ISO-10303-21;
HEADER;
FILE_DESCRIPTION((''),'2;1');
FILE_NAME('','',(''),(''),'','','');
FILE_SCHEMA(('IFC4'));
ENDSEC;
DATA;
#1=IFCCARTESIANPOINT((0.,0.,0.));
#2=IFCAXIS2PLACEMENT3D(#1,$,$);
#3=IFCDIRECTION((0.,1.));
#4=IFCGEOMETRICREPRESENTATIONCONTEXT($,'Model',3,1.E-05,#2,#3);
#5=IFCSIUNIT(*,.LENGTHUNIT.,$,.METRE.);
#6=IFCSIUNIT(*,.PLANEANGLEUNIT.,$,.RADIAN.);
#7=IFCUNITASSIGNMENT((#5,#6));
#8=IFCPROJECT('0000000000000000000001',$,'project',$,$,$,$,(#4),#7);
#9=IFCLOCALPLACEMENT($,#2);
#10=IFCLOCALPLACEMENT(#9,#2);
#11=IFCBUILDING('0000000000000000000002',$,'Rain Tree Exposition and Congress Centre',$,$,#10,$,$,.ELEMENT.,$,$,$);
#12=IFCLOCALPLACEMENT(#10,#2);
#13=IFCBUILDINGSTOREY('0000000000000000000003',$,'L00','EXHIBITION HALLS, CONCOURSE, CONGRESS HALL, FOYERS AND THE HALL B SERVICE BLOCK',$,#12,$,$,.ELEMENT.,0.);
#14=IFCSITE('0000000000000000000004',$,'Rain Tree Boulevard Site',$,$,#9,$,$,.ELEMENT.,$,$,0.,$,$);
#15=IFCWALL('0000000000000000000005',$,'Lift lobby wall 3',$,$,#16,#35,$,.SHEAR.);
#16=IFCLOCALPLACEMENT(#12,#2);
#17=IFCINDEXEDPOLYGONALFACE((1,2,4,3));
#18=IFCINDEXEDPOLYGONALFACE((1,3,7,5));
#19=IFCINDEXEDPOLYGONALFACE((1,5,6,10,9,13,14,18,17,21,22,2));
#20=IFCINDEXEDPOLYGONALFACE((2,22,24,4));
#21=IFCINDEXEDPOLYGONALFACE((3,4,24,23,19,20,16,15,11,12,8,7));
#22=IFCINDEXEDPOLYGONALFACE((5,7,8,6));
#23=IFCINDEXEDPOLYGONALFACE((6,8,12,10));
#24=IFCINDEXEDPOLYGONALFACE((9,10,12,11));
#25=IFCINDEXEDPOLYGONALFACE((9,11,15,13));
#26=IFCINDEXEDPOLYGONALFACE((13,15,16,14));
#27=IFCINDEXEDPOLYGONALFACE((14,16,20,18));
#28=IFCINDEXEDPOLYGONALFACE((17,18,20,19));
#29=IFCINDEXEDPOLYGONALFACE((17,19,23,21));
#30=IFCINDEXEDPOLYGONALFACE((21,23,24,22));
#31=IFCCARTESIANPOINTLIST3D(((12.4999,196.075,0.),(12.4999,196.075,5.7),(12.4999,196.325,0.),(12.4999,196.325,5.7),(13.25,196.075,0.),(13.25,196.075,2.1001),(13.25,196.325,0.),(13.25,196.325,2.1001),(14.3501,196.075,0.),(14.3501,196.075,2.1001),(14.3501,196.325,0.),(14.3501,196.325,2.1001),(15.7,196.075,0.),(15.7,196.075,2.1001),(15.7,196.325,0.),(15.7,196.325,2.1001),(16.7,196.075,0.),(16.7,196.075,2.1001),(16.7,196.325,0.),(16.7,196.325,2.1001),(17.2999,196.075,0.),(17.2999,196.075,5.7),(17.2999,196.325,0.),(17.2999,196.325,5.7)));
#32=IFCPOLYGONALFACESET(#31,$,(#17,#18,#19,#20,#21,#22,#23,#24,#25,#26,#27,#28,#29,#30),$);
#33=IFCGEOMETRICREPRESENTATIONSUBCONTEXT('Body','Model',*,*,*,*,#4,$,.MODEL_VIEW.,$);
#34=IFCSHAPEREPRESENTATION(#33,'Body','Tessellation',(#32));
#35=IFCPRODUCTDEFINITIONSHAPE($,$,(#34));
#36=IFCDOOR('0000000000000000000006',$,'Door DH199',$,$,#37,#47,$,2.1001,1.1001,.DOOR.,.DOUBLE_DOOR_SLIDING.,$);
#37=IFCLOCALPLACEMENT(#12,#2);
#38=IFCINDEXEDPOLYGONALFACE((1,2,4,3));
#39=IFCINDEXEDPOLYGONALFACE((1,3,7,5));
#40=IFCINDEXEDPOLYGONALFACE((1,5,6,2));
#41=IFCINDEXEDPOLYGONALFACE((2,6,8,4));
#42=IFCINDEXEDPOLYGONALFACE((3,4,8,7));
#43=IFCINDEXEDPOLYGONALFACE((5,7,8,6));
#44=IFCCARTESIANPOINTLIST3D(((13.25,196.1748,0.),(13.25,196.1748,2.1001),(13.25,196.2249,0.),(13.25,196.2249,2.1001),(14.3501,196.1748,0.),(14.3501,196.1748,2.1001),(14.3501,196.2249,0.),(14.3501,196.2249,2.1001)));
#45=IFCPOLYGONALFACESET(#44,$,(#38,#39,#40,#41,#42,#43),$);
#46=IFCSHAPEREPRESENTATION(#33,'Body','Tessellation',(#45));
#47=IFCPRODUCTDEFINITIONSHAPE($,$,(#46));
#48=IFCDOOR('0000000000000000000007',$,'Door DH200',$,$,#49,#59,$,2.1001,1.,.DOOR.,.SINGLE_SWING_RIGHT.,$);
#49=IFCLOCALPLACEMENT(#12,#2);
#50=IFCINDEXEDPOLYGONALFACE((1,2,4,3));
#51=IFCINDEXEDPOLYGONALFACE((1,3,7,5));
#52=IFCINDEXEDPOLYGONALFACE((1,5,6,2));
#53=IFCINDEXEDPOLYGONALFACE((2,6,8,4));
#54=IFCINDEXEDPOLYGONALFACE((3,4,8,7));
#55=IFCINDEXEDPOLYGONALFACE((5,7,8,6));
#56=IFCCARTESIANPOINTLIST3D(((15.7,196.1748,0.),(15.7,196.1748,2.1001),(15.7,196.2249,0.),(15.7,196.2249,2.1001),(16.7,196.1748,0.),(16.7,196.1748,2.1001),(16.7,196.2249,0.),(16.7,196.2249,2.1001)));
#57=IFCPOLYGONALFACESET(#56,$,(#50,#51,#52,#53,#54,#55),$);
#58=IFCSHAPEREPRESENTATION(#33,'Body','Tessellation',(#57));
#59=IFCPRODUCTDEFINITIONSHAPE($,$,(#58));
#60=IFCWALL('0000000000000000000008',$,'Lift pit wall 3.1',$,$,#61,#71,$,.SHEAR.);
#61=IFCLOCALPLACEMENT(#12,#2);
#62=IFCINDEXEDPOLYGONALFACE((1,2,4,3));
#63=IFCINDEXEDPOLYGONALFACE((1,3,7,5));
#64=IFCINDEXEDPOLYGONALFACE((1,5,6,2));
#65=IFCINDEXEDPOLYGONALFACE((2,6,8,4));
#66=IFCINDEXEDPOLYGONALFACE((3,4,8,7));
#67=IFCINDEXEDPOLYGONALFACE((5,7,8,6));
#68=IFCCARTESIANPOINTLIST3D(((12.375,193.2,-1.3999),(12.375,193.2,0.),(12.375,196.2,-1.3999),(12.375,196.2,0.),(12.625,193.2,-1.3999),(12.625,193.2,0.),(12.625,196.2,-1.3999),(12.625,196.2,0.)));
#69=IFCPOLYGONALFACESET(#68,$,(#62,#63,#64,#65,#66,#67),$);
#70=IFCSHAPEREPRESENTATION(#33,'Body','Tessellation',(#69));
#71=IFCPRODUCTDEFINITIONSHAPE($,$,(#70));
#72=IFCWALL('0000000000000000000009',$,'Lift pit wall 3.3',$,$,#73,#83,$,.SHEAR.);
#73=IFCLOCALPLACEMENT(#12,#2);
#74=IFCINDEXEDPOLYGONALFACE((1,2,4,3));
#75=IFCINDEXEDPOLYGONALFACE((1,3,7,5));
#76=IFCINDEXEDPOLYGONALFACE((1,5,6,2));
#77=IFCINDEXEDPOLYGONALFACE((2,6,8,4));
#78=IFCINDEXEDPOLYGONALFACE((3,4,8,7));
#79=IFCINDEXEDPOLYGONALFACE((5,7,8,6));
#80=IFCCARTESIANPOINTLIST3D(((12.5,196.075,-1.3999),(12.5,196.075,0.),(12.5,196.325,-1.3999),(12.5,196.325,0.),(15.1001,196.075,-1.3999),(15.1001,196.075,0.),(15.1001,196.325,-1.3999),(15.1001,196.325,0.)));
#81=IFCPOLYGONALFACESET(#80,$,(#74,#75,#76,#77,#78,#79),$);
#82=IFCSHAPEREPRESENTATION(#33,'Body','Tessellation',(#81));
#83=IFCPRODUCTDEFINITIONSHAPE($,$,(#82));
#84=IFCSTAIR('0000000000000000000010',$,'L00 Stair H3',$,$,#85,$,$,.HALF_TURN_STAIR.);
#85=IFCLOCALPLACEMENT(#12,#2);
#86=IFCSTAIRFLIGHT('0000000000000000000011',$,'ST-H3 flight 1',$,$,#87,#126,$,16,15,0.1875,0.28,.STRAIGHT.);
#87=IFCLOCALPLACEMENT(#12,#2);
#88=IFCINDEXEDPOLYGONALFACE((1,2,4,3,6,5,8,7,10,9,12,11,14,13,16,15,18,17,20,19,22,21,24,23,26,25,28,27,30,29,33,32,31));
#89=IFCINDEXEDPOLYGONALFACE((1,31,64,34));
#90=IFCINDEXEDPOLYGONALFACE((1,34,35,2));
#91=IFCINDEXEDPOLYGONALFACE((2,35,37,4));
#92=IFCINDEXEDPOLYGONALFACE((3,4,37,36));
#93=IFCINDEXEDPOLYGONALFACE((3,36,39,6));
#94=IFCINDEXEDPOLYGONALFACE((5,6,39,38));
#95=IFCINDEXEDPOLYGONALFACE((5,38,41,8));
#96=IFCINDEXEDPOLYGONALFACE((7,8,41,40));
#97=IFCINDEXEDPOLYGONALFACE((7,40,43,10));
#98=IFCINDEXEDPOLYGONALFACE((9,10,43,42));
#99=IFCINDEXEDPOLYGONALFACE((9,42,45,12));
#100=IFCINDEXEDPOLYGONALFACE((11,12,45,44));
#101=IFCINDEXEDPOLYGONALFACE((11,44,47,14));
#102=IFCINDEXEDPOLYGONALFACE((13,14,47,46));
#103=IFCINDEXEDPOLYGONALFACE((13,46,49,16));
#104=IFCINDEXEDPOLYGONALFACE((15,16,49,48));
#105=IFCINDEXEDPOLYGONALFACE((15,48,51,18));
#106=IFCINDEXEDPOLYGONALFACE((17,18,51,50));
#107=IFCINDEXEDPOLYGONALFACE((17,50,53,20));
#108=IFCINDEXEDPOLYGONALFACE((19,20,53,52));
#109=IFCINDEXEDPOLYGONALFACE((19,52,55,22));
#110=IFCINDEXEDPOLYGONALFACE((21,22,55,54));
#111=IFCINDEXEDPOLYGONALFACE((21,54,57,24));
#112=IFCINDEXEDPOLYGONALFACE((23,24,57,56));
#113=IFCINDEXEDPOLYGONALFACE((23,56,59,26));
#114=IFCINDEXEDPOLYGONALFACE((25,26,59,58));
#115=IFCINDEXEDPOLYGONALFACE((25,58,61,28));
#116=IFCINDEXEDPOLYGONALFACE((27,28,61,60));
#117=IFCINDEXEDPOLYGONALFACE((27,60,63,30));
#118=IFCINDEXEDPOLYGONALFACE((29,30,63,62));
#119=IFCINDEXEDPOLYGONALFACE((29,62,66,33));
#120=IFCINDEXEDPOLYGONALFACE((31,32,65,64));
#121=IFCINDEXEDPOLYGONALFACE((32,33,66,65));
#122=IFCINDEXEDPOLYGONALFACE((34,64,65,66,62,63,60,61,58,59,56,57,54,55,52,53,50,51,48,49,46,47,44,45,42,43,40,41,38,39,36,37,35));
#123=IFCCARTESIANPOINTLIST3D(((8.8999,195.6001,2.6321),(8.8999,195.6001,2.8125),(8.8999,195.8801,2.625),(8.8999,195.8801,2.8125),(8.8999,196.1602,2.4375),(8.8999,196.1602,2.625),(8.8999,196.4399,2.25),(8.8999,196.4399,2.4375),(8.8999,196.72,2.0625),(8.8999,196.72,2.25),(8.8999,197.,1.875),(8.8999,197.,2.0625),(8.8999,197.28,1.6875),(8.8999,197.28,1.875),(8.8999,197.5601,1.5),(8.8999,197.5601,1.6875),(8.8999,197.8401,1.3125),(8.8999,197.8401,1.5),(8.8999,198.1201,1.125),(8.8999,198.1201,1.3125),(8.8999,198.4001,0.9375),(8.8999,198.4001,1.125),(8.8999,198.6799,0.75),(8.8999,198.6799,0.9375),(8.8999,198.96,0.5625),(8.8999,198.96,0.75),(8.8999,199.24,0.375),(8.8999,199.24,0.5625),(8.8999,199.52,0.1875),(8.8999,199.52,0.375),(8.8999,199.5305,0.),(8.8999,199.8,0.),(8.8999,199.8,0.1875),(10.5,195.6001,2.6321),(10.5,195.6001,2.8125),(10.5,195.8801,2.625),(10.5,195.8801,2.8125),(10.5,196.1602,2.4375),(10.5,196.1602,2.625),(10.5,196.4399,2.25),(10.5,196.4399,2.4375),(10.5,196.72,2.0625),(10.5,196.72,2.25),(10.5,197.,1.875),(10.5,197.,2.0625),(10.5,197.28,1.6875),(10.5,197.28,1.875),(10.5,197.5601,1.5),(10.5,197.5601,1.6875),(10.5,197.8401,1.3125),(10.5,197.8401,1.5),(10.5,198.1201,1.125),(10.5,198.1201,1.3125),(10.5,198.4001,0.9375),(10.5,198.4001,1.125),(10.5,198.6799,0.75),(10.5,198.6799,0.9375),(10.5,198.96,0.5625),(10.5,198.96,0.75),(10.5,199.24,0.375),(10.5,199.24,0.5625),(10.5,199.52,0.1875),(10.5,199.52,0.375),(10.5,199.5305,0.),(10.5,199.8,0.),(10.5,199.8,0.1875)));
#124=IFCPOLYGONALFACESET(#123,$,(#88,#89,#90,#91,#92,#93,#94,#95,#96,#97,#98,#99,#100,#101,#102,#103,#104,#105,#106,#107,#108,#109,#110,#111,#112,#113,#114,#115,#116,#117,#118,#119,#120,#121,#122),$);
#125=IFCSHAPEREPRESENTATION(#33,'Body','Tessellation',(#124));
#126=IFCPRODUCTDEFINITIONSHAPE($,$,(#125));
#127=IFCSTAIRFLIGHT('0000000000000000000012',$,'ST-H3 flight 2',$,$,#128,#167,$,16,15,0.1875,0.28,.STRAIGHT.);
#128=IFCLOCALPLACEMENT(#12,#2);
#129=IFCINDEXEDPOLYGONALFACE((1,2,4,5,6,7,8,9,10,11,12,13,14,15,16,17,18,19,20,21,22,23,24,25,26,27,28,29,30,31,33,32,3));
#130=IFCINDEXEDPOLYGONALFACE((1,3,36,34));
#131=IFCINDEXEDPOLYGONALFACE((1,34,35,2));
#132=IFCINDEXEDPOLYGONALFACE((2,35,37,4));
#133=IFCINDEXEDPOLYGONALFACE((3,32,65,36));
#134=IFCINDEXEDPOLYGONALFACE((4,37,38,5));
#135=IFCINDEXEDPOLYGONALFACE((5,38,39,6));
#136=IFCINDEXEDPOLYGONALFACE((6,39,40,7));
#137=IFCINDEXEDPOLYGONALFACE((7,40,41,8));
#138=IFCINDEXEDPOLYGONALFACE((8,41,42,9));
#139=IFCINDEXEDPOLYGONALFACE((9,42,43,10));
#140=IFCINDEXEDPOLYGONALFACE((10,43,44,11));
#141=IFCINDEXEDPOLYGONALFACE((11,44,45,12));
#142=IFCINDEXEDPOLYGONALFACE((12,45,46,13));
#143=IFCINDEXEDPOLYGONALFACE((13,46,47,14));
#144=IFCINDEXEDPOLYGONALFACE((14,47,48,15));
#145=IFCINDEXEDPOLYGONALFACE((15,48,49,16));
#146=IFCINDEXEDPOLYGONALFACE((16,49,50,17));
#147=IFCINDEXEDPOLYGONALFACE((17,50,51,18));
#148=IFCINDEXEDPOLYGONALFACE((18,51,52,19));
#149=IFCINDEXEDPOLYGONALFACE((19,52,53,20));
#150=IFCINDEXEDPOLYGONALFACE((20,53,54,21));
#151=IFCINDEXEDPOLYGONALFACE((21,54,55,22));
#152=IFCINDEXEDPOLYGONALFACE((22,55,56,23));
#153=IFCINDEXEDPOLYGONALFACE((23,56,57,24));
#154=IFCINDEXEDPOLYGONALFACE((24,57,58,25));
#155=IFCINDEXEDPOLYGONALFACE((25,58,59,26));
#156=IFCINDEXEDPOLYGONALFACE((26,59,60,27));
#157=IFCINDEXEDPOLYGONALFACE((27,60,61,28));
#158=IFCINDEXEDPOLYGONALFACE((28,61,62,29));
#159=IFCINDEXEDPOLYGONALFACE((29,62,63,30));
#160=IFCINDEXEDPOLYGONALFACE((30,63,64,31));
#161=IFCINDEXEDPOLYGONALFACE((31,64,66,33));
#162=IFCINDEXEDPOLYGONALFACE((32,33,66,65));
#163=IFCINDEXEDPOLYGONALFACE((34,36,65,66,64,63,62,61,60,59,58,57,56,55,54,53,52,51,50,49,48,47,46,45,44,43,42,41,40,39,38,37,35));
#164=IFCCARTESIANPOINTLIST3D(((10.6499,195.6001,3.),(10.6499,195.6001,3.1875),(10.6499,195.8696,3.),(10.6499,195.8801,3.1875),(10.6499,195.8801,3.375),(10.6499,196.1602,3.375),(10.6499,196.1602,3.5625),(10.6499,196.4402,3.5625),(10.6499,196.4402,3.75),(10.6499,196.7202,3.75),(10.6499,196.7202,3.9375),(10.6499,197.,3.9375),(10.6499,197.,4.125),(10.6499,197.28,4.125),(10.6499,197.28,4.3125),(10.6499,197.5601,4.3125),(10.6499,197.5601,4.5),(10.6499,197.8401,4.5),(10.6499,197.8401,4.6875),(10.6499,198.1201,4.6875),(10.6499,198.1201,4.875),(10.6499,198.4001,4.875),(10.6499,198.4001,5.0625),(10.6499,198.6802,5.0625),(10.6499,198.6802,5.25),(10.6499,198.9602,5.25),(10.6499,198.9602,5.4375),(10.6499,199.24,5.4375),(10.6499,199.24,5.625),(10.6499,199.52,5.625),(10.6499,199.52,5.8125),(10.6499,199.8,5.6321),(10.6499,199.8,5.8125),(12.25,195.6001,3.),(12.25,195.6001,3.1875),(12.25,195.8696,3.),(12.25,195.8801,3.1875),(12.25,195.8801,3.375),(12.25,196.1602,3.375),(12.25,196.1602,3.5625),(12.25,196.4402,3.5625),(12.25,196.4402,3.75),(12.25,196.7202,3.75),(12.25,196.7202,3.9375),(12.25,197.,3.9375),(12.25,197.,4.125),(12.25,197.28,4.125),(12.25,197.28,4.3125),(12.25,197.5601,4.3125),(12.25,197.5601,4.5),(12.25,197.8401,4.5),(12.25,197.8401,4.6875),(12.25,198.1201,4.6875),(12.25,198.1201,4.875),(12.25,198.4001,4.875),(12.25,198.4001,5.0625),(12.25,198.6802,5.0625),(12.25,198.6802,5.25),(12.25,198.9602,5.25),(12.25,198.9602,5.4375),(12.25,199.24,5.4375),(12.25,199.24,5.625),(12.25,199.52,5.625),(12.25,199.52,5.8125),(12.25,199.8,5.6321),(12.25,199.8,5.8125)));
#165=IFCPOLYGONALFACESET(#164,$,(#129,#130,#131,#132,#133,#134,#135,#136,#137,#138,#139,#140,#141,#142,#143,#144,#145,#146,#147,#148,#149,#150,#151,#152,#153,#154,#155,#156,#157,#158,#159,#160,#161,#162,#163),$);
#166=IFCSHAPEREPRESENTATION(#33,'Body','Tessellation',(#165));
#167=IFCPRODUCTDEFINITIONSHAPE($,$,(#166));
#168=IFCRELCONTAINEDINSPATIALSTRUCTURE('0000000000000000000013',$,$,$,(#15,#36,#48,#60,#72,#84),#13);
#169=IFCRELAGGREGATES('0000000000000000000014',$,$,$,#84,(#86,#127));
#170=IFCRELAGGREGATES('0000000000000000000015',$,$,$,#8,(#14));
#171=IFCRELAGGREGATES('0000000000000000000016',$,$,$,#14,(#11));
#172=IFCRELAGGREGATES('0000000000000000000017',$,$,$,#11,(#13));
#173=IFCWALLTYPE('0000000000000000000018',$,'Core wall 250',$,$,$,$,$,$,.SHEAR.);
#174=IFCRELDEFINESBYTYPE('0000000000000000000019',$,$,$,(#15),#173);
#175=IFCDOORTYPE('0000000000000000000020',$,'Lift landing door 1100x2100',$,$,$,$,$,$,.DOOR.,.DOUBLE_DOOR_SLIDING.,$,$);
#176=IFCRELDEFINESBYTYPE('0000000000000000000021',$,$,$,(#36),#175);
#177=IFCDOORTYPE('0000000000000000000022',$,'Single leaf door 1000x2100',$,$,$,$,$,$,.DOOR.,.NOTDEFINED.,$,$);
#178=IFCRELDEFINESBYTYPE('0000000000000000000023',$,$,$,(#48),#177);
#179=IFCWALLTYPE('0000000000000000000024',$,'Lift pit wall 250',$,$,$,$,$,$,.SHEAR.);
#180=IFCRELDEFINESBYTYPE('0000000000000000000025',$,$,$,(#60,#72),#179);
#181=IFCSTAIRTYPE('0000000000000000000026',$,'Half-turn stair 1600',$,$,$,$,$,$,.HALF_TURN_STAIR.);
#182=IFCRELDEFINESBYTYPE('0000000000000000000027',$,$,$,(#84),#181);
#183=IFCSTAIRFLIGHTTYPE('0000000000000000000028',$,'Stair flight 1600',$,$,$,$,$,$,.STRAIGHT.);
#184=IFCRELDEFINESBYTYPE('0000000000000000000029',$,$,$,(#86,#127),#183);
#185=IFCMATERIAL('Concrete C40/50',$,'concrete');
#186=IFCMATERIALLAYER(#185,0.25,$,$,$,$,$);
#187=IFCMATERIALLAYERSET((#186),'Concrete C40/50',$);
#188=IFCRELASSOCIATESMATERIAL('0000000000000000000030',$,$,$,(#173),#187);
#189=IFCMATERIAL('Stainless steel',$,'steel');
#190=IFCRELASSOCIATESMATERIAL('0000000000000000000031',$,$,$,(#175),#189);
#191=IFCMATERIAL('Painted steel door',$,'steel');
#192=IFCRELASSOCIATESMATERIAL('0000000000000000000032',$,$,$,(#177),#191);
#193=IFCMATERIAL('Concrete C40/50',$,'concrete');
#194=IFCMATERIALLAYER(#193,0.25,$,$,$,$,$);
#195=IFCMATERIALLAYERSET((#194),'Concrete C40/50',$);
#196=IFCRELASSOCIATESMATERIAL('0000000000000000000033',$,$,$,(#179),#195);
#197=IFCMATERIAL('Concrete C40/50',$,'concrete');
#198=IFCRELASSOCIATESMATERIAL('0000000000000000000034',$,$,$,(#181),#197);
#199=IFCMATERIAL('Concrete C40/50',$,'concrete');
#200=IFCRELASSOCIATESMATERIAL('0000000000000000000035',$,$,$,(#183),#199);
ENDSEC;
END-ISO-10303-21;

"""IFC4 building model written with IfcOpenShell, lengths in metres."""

from ifc_helpers import new_model, si_unit, direction, frame, frame_2d, origin, place, context, subcontext, project, spatial, polyline, rectangle, outline, extrude, material, layer, layer_set, type_object, element, fill, aggregate, save


model = new_model("IFC4")

# Units and contexts
model_context = context("Model", 3, precision=1e-05, world=origin(), true_north=direction((0.0, 1.0)))
body_context = subcontext(model_context, "Body", "Model", "MODEL_VIEW")
ifc_project = project(units=[si_unit("LENGTHUNIT", "METRE"), si_unit("PLANEANGLEUNIT", "RADIAN")], contexts=[model_context])

# Site, building, storey
site_placement = place(None, origin())
site = spatial("IfcSite", under=ifc_project, at=site_placement, Name="Rain Tree Boulevard Site", CompositionType="ELEMENT", RefElevation=0.0)
building_placement = place(site_placement, origin())
building = spatial("IfcBuilding", under=site, at=building_placement, Name="Rain Tree Exposition and Congress Centre", CompositionType="ELEMENT")
storey_placement = place(building_placement, origin())
storey = spatial("IfcBuildingStorey", under=building, at=storey_placement, Name="L00", Description="EXHIBITION HALLS, CONCOURSE, CONGRESS HALL, FOYERS AND THE HALL B SERVICE BLOCK", CompositionType="ELEMENT", Elevation=0.0)

# Shared definitions
ifc_material_1 = material(Name="Concrete C40/50", Category="concrete")
ifc_layer_1 = layer(ifc_material_1, 0.25)
ifc_layer_set_1 = layer_set([ifc_layer_1], Name="Concrete C40/50")
wall_type_1 = type_object("IfcWallType", Name="Core wall 250", PredefinedType="SHEAR", material=ifc_layer_set_1)

# Wall, openings, doors
wall_1_placement = place(storey_placement, frame((12.5, 196.2, 0.0), z_axis=(0.0, 0.0, 1.0), x_axis=(1.0, 0.0, 0.0)))
wall_1 = element("IfcWall", 1, at=wall_1_placement, inside=storey, type_object=wall_type_1, Name="Lift lobby wall 3", PredefinedType="SHEAR", context=body_context, shape_type="SweptSolid", body=[
    extrude(rectangle(XDim=4.8, YDim=0.25, at=frame_2d((2.3999, 0.0))), origin(), (0.0, 0.0, 1.0), 5.7),
])
opening_1_placement = place(wall_1_placement, frame((0.75, 0.0, 0.0)))
opening_1 = element("IfcOpeningElement", 2, at=opening_1_placement, cuts=wall_1, PredefinedType="OPENING", context=body_context, shape_type="SweptSolid", body=[
    extrude(rectangle(XDim=1.1001, YDim=2.1001, at=frame_2d((0.55, 1.05))), frame((0.0, 0.125, 0.0), z_axis=(0.0, -1.0, 0.0), x_axis=(1.0, 0.0, 0.0)), (0.0, 0.0, 1.0), 0.25),
])
opening_2_placement = place(wall_1_placement, frame((3.2, 0.0, 0.0)))
opening_2 = element("IfcOpeningElement", 3, at=opening_2_placement, cuts=wall_1, PredefinedType="OPENING", context=body_context, shape_type="SweptSolid", body=[
    extrude(rectangle(XDim=1.0, YDim=2.1001, at=frame_2d((0.5, 1.05))), frame((0.0, 0.125, 0.0), z_axis=(0.0, -1.0, 0.0), x_axis=(1.0, 0.0, 0.0)), (0.0, 0.0, 1.0), 0.25),
])
ifc_material_2 = material(Name="Stainless steel", Category="steel")
door_type_1 = type_object("IfcDoorType", Name="Lift landing door 1100x2100", OperationType="DOUBLE_DOOR_SLIDING", PredefinedType="DOOR", material=ifc_material_2)
door_1_placement = place(opening_1_placement, origin())
door_1 = element("IfcDoor", 4, at=door_1_placement, inside=storey, type_object=door_type_1, Name="Door DH199", OperationType="DOUBLE_DOOR_SLIDING", OverallHeight=2.1001, OverallWidth=1.1001, PredefinedType="DOOR", context=body_context, shape_type="SweptSolid", body=[
    extrude(rectangle(XDim=1.1001, YDim=2.1001, at=frame_2d((0.55, 1.05))), frame((0.0, 0.0249, 0.0), z_axis=(0.0, -1.0, 0.0), x_axis=(1.0, 0.0, 0.0)), (0.0, 0.0, 1.0), 0.05),
])
fill(opening_1, door_1)
ifc_material_3 = material(Name="Painted steel door", Category="steel")
door_type_2 = type_object("IfcDoorType", Name="Single leaf door 1000x2100", OperationType="NOTDEFINED", PredefinedType="DOOR", material=ifc_material_3)
door_2_placement = place(opening_2_placement, origin())
door_2 = element("IfcDoor", 5, at=door_2_placement, inside=storey, type_object=door_type_2, Name="Door DH200", OperationType="SINGLE_SWING_RIGHT", OverallHeight=2.1001, OverallWidth=1.0, PredefinedType="DOOR", context=body_context, shape_type="SweptSolid", body=[
    extrude(rectangle(XDim=1.0, YDim=2.1001, at=frame_2d((0.5, 1.05))), frame((0.0, 0.0249, 0.0), z_axis=(0.0, -1.0, 0.0), x_axis=(1.0, 0.0, 0.0)), (0.0, 0.0, 1.0), 0.05),
])
fill(opening_2, door_2)

# Walls
ifc_material_4 = material(Name="Concrete C40/50", Category="concrete")
ifc_layer_2 = layer(ifc_material_4, 0.25)
ifc_layer_set_2 = layer_set([ifc_layer_2], Name="Concrete C40/50")
wall_type_2 = type_object("IfcWallType", Name="Lift pit wall 250", PredefinedType="SHEAR", material=ifc_layer_set_2)
wall_2_placement = place(storey_placement, frame((12.5, 196.2, -1.3999), z_axis=(0.0, 0.0, 1.0), x_axis=(0.0, -1.0, 0.0)))
element("IfcWall", 6, at=wall_2_placement, inside=storey, type_object=wall_type_2, Name="Lift pit wall 3.1", PredefinedType="SHEAR", context=body_context, shape_type="SweptSolid", body=[
    extrude(rectangle(XDim=3.0, YDim=0.25, at=frame_2d((1.5, 0.0))), origin(), (0.0, 0.0, 1.0), 1.3999),
])
wall_3_placement = place(storey_placement, frame((12.5, 196.2, -1.3999), z_axis=(0.0, 0.0, 1.0), x_axis=(1.0, 0.0, 0.0)))
element("IfcWall", 7, at=wall_3_placement, inside=storey, type_object=wall_type_2, Name="Lift pit wall 3.3", PredefinedType="SHEAR", context=body_context, shape_type="SweptSolid", body=[
    extrude(rectangle(XDim=2.6001, YDim=0.25, at=frame_2d((1.3, 0.0))), origin(), (0.0, 0.0, 1.0), 1.3999),
])

# Stair, stair flights
ifc_material_5 = material(Name="Concrete C40/50", Category="concrete")
stair_type = type_object("IfcStairType", Name="Half-turn stair 1600", PredefinedType="HALF_TURN_STAIR", material=ifc_material_5)
stair_placement = place(storey_placement, origin())
stair = element("IfcStair", 8, at=stair_placement, inside=storey, type_object=stair_type, Name="L00 Stair H3", PredefinedType="HALF_TURN_STAIR")
ifc_material_6 = material(Name="Concrete C40/50", Category="concrete")
stair_flight_type = type_object("IfcStairFlightType", Name="Stair flight 1600", PredefinedType="STRAIGHT", material=ifc_material_6)
stair_flight_1_placement = place(storey_placement, frame((9.7, 199.8, 0.0), z_axis=(0.0, 0.0, 1.0), x_axis=(0.0, -1.0, 0.0)))
stair_flight_1 = element("IfcStairFlight", 9, at=stair_flight_1_placement, type_object=stair_flight_type, Name="ST-H3 flight 1", NumberOfRisers=16, NumberOfTreads=15, PredefinedType="STRAIGHT", RiserHeight=0.1875, TreadLength=0.28, context=body_context, shape_type="SweptSolid", body=[
    extrude(outline(polyline([(0.0, 0.0), (0.0, 0.1875), (0.28, 0.1875), (0.28, 0.375), (0.5601, 0.375), (0.5601, 0.5625), (0.8401, 0.5625), (0.8401, 0.75), (1.1201, 0.75), (1.1201, 0.9375), (1.3999, 0.9375), (1.3999, 1.125), (1.6799, 1.125), (1.6799, 1.3125), (1.96, 1.3125), (1.96, 1.5), (2.24, 1.5), (2.24, 1.6875), (2.52, 1.6875), (2.52, 1.875), (2.8, 1.875), (2.8, 2.0625), (3.0801, 2.0625), (3.0801, 2.25), (3.3601, 2.25), (3.3601, 2.4375), (3.6399, 2.4375), (3.6399, 2.625), (3.9199, 2.625), (3.9199, 2.8125), (4.2, 2.8125), (4.2, 3.0), (4.2, 2.6321), (0.2695, 0.0), (0.0, 0.0)])), frame((0.0, 0.8, 0.0), z_axis=(0.0, -1.0, 0.0), x_axis=(1.0, 0.0, 0.0)), (0.0, 0.0, 1.0), 1.6001),
])
stair_flight_2_placement = place(storey_placement, frame((11.45, 195.6001, 3.0), z_axis=(0.0, 0.0, 1.0), x_axis=(0.0, 1.0, 0.0)))
stair_flight_2 = element("IfcStairFlight", 10, at=stair_flight_2_placement, type_object=stair_flight_type, Name="ST-H3 flight 2", NumberOfRisers=16, NumberOfTreads=15, PredefinedType="STRAIGHT", RiserHeight=0.1875, TreadLength=0.28, context=body_context, shape_type="SweptSolid", body=[
    extrude(outline(polyline([(0.0, 0.0), (0.0, 0.1875), (0.28, 0.1875), (0.28, 0.375), (0.5601, 0.375), (0.5601, 0.5625), (0.8401, 0.5625), (0.8401, 0.75), (1.1201, 0.75), (1.1201, 0.9375), (1.3999, 0.9375), (1.3999, 1.125), (1.6799, 1.125), (1.6799, 1.3125), (1.96, 1.3125), (1.96, 1.5), (2.24, 1.5), (2.24, 1.6875), (2.52, 1.6875), (2.52, 1.875), (2.8, 1.875), (2.8, 2.0625), (3.0801, 2.0625), (3.0801, 2.25), (3.3601, 2.25), (3.3601, 2.4375), (3.6399, 2.4375), (3.6399, 2.625), (3.9199, 2.625), (3.9199, 2.8125), (4.2, 2.8125), (4.2, 3.0), (4.2, 2.6321), (0.2695, 0.0), (0.0, 0.0)])), frame((0.0, 0.8, 0.0), z_axis=(0.0, -1.0, 0.0), x_axis=(1.0, 0.0, 0.0)), (0.0, 0.0, 1.0), 1.6001),
])
aggregate(stair, [stair_flight_1, stair_flight_2])

save(model, "model.ifc")
